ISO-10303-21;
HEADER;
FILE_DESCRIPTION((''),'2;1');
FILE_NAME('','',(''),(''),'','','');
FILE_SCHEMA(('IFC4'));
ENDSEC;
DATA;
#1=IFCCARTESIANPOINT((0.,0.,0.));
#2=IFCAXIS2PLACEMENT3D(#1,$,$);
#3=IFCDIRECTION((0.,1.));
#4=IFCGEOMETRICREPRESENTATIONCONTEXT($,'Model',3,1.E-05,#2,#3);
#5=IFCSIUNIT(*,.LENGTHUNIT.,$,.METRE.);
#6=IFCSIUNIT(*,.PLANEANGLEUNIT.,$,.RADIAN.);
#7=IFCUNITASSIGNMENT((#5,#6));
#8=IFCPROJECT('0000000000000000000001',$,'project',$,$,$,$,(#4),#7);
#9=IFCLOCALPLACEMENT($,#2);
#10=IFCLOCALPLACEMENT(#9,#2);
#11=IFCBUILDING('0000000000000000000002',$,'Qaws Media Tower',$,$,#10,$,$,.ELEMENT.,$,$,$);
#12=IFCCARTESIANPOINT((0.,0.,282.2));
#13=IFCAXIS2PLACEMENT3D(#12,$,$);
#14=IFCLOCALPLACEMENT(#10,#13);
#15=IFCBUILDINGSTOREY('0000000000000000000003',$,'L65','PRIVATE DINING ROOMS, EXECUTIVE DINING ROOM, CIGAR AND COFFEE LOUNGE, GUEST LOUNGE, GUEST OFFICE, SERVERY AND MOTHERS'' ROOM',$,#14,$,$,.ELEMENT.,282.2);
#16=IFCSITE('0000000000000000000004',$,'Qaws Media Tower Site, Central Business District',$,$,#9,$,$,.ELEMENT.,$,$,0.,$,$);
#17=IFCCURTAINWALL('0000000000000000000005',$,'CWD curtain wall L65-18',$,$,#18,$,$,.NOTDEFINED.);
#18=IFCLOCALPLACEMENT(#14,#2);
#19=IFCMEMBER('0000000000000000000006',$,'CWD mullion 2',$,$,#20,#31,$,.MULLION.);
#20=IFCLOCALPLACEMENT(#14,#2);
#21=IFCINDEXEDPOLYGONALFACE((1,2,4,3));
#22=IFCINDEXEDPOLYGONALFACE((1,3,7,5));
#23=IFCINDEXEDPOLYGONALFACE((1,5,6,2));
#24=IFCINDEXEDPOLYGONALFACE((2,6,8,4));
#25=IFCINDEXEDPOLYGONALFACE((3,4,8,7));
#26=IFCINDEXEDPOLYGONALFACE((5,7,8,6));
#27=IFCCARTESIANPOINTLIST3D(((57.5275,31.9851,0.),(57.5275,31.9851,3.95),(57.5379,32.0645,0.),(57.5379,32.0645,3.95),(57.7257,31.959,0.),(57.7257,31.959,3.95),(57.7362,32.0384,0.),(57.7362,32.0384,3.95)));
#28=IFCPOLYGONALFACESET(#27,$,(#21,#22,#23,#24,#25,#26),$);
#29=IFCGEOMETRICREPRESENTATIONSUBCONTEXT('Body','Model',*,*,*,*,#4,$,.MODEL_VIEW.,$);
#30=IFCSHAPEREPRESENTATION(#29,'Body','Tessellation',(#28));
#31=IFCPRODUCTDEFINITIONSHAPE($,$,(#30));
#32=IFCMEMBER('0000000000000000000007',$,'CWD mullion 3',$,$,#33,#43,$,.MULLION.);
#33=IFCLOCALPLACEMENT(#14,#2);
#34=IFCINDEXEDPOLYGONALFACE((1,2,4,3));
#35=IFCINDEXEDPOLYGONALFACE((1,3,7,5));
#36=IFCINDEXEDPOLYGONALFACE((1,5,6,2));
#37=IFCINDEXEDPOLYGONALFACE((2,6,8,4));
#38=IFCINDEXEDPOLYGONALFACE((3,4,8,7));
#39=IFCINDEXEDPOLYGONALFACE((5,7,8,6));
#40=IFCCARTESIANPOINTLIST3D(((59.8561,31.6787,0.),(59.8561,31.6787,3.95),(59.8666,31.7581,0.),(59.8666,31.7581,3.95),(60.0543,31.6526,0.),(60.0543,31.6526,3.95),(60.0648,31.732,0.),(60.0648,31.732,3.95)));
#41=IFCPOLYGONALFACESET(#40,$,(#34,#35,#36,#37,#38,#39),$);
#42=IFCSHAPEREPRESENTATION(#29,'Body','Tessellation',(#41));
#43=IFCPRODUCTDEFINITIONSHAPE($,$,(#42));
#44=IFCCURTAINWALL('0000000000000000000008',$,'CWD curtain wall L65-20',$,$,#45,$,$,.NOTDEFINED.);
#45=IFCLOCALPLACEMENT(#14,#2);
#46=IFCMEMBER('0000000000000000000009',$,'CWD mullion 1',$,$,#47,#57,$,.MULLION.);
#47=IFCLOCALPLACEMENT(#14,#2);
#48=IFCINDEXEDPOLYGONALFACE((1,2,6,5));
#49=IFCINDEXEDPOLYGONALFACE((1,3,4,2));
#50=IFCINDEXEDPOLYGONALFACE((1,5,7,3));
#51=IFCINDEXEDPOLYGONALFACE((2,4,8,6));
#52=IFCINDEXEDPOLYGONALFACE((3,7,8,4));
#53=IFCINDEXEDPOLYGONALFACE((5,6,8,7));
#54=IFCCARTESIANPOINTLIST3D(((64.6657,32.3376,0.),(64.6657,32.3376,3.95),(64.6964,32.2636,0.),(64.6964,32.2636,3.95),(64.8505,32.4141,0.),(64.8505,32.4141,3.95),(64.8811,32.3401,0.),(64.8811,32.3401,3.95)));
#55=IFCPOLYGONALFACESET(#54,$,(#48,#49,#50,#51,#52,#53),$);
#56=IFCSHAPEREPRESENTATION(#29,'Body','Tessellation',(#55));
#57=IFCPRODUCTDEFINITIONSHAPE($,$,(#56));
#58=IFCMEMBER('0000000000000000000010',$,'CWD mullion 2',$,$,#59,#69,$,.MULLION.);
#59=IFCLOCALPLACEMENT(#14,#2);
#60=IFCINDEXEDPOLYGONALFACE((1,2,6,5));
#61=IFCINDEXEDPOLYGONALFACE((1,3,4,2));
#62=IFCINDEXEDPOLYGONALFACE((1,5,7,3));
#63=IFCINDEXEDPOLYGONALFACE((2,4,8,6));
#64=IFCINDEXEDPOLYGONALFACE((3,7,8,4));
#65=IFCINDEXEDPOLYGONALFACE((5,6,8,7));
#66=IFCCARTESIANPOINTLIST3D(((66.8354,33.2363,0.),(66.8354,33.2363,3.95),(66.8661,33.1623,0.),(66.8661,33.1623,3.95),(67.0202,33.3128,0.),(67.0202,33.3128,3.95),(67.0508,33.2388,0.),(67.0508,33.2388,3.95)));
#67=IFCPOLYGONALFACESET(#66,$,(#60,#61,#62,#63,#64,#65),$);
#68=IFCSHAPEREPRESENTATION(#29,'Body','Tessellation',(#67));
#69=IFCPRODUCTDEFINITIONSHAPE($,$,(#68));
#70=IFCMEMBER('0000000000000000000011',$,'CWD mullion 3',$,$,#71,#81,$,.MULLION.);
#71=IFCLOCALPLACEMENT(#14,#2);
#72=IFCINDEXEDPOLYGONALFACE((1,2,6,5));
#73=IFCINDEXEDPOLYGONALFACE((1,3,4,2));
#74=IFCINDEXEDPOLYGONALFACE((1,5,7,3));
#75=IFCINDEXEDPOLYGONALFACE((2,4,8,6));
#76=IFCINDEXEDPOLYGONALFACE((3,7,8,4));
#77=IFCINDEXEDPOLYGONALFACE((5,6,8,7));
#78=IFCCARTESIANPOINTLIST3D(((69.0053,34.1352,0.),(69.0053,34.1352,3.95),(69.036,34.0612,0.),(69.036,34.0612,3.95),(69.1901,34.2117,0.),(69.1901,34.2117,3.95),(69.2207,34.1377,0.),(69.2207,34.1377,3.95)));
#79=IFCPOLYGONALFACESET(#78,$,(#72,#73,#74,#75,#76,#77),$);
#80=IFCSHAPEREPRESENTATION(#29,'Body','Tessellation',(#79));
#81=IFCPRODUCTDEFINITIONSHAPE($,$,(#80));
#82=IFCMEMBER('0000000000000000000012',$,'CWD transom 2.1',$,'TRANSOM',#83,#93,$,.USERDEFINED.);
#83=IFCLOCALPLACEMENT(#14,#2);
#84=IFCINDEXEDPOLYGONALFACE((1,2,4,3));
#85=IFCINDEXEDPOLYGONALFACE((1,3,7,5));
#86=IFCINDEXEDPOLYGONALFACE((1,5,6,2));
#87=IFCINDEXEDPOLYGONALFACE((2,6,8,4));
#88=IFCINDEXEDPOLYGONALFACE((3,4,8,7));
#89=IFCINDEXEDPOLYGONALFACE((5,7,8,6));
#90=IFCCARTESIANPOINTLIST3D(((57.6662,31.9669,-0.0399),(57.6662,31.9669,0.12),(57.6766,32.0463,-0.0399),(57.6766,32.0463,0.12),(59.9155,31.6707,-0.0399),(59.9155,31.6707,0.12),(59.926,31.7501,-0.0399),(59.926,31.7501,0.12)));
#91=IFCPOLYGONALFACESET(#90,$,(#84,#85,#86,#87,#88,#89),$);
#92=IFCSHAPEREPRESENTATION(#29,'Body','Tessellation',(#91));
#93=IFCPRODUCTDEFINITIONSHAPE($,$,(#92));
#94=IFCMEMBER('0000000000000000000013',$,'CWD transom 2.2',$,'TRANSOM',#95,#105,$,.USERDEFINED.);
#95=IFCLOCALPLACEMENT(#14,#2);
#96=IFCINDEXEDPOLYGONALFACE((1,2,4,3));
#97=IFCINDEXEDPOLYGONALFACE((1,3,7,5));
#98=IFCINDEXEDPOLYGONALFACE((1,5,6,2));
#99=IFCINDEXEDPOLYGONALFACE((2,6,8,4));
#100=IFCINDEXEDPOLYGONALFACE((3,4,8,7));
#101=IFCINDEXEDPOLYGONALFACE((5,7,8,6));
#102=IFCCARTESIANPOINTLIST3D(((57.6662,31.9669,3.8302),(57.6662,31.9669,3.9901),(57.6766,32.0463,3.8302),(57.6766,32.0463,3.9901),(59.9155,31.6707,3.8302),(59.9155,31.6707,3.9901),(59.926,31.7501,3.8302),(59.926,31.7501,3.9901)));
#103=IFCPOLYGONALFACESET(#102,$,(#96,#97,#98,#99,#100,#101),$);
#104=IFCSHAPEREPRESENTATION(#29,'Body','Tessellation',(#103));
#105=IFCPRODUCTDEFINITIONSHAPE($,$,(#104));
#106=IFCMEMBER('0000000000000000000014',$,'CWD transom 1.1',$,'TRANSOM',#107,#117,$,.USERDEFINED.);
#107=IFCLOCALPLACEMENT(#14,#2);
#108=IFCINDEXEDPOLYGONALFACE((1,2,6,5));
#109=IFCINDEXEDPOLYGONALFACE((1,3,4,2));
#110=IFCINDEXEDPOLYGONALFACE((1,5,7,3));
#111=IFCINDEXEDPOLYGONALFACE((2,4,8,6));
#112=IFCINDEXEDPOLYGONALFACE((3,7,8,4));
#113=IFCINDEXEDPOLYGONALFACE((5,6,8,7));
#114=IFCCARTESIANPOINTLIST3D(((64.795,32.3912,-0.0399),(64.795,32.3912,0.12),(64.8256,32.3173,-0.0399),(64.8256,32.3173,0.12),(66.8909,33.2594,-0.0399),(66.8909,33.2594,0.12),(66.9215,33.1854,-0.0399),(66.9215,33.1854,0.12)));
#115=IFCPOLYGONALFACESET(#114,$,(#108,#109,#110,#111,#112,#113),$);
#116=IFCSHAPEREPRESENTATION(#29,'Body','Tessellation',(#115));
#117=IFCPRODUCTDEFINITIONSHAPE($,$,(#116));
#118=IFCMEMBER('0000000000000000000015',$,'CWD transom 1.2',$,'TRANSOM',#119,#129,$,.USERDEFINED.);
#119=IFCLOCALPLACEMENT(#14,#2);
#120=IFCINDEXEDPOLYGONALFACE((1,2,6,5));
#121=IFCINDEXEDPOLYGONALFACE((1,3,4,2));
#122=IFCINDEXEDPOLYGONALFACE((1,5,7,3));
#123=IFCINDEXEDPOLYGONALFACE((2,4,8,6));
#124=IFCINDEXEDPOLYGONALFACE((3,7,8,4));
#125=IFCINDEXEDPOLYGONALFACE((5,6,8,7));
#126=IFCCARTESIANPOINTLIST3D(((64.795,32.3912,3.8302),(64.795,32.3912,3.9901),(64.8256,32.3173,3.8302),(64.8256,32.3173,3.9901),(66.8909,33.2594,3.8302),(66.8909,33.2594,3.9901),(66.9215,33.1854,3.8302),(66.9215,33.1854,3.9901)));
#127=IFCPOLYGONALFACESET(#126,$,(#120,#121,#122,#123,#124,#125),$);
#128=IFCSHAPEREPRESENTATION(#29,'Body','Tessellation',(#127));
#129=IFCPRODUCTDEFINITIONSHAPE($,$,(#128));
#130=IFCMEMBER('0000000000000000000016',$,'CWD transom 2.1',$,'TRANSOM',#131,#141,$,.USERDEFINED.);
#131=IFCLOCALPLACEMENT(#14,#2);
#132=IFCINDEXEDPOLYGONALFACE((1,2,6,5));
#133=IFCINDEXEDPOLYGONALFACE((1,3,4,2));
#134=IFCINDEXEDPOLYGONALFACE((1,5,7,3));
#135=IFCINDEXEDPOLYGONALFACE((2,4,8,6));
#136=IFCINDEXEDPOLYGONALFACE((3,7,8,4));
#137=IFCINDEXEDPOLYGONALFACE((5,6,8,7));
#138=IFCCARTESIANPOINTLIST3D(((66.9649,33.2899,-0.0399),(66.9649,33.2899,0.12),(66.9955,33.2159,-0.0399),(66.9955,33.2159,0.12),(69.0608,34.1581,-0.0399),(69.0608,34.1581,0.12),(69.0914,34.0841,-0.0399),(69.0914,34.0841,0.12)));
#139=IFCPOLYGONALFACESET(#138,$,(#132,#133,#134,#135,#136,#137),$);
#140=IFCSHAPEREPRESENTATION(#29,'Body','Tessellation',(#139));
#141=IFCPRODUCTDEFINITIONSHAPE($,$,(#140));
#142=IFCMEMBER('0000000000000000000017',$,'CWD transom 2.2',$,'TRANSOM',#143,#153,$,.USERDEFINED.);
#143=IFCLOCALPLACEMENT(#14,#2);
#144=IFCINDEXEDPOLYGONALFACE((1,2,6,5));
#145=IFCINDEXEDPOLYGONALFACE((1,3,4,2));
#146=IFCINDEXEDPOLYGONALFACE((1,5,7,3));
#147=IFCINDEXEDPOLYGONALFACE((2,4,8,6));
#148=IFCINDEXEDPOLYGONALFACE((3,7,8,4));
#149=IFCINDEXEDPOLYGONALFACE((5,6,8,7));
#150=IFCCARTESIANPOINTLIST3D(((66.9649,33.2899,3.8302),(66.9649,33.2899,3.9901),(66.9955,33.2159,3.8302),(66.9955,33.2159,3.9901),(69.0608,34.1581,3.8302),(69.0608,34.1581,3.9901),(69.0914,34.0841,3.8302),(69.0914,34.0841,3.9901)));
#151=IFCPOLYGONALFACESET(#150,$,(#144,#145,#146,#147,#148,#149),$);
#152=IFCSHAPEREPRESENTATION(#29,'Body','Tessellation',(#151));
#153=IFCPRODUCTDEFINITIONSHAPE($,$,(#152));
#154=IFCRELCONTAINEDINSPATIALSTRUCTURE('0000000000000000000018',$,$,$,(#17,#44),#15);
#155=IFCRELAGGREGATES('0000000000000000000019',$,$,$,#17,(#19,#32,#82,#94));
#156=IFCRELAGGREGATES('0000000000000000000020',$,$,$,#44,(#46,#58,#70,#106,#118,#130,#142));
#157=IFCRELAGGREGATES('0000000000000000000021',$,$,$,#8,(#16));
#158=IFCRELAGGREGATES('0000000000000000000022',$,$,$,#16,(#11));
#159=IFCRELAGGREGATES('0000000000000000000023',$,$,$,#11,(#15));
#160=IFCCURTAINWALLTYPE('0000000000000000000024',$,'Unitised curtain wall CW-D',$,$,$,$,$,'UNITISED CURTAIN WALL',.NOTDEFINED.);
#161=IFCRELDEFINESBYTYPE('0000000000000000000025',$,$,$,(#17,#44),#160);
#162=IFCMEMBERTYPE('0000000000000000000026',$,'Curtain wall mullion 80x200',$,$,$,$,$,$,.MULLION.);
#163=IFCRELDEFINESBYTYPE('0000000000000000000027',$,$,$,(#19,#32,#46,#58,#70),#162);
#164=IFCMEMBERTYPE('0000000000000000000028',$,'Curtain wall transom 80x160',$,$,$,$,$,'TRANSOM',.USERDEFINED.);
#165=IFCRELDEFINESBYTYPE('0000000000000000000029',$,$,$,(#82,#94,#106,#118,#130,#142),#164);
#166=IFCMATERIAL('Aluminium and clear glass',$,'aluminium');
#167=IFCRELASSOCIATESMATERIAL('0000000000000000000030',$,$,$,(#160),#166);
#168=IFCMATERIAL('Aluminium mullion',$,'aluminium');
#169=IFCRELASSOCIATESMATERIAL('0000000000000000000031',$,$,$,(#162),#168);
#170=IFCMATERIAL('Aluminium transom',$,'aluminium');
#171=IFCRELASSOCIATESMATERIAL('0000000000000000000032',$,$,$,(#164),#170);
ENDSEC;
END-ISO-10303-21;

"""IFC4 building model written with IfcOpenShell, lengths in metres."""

from ifc_helpers import new_model, si_unit, direction, frame, origin, origin_2d, place, context, subcontext, project, spatial, rectangle, extrude, material, material_profile, profile_set, type_object, element, aggregate, save


model = new_model("IFC4")

# Units and contexts
model_context = context("Model", 3, precision=1e-05, world=origin(), true_north=direction((0.0, 1.0)))
body_context = subcontext(model_context, "Body", "Model", "MODEL_VIEW")
ifc_project = project(units=[si_unit("LENGTHUNIT", "METRE"), si_unit("PLANEANGLEUNIT", "RADIAN")], contexts=[model_context])

# Site, building, storey
site_placement = place(None, origin())
site = spatial("IfcSite", under=ifc_project, at=site_placement, Name="Qaws Media Tower Site, Central Business District", CompositionType="ELEMENT", RefElevation=0.0)
building_placement = place(site_placement, origin())
building = spatial("IfcBuilding", under=site, at=building_placement, Name="Qaws Media Tower", CompositionType="ELEMENT")
storey_placement = place(building_placement, frame((0.0, 0.0, 282.2)))
storey = spatial("IfcBuildingStorey", under=building, at=storey_placement, Name="L65", Description="PRIVATE DINING ROOMS, EXECUTIVE DINING ROOM, CIGAR AND COFFEE LOUNGE, GUEST LOUNGE, GUEST OFFICE, SERVERY AND MOTHERS' ROOM", CompositionType="ELEMENT", Elevation=282.2)

# Curtain walls, members
ifc_material_1 = material(Name="Aluminium and clear glass", Category="aluminium")
curtain_wall_type = type_object("IfcCurtainWallType", Name="Unitised curtain wall CW-D", ElementType="UNITISED CURTAIN WALL", PredefinedType="NOTDEFINED", material=ifc_material_1)
curtain_wall_1_placement = place(storey_placement, origin())
curtain_wall_1 = element("IfcCurtainWall", 1, at=curtain_wall_1_placement, inside=storey, type_object=curtain_wall_type, Name="CWD curtain wall L65-18", PredefinedType="NOTDEFINED")
ifc_material_2 = material(Name="Aluminium mullion", Category="aluminium")
ifc_material_profile_1 = material_profile(ifc_material_2, rectangle(XDim=0.0801, YDim=0.2, at=origin_2d()), Name="80x200")
ifc_profile_set_1 = profile_set([ifc_material_profile_1], Name="Aluminium mullion")
member_type_1 = type_object("IfcMemberType", Name="Curtain wall mullion 80x200", PredefinedType="MULLION", material=ifc_profile_set_1)
member_1_placement = place(storey_placement, frame((57.6318, 32.0117, 0.0), z_axis=(0.0, 0.0, 1.0), x_axis=(0.130526, 0.991445, 0.0)))
member_1 = element("IfcMember", 2, at=member_1_placement, type_object=member_type_1, Name="CWD mullion 2", PredefinedType="MULLION", context=body_context, shape_type="SweptSolid", body=[
    extrude(rectangle(XDim=0.0801, YDim=0.2, at=origin_2d()), origin(), (0.0, 0.0, 1.0), 3.95),
])
member_2_placement = place(storey_placement, frame((59.9604, 31.7053, 0.0), z_axis=(0.0, 0.0, 1.0), x_axis=(0.130526, 0.991445, 0.0)))
member_2 = element("IfcMember", 3, at=member_2_placement, type_object=member_type_1, Name="CWD mullion 3", PredefinedType="MULLION", context=body_context, shape_type="SweptSolid", body=[
    extrude(rectangle(XDim=0.0801, YDim=0.2, at=origin_2d()), origin(), (0.0, 0.0, 1.0), 3.95),
])
curtain_wall_2_placement = place(storey_placement, origin())
curtain_wall_2 = element("IfcCurtainWall", 4, at=curtain_wall_2_placement, inside=storey, type_object=curtain_wall_type, Name="CWD curtain wall L65-20", PredefinedType="NOTDEFINED")
member_3_placement = place(storey_placement, frame((64.7734, 32.3389, 0.0), z_axis=(0.0, 0.0, 1.0), x_axis=(-0.382684, 0.923879, 0.0)))
member_3 = element("IfcMember", 5, at=member_3_placement, type_object=member_type_1, Name="CWD mullion 1", PredefinedType="MULLION", context=body_context, shape_type="SweptSolid", body=[
    extrude(rectangle(XDim=0.0801, YDim=0.2, at=origin_2d()), origin(), (0.0, 0.0, 1.0), 3.95),
])
member_4_placement = place(storey_placement, frame((66.9431, 33.2375, 0.0), z_axis=(0.0, 0.0, 1.0), x_axis=(-0.382684, 0.923879, 0.0)))
member_4 = element("IfcMember", 6, at=member_4_placement, type_object=member_type_1, Name="CWD mullion 2", PredefinedType="MULLION", context=body_context, shape_type="SweptSolid", body=[
    extrude(rectangle(XDim=0.0801, YDim=0.2, at=origin_2d()), origin(), (0.0, 0.0, 1.0), 3.95),
])
member_5_placement = place(storey_placement, frame((69.113, 34.1365, 0.0), z_axis=(0.0, 0.0, 1.0), x_axis=(-0.382684, 0.923879, 0.0)))
member_5 = element("IfcMember", 7, at=member_5_placement, type_object=member_type_1, Name="CWD mullion 3", PredefinedType="MULLION", context=body_context, shape_type="SweptSolid", body=[
    extrude(rectangle(XDim=0.0801, YDim=0.2, at=origin_2d()), origin(), (0.0, 0.0, 1.0), 3.95),
])

# Members
ifc_material_3 = material(Name="Aluminium transom", Category="aluminium")
ifc_material_profile_2 = material_profile(ifc_material_3, rectangle(XDim=0.0801, YDim=0.1599, at=origin_2d()), Name="80x160")
ifc_profile_set_2 = profile_set([ifc_material_profile_2], Name="Aluminium transom")
member_type_2 = type_object("IfcMemberType", Name="Curtain wall transom 80x160", ElementType="TRANSOM", PredefinedType="USERDEFINED", material=ifc_profile_set_2)
member_6_placement = place(storey_placement, frame((57.6714, 32.0066, 0.04), z_axis=(0.991444, -0.130535, 0.0), x_axis=(0.130535, 0.991444, 0.0)))
member_6 = element("IfcMember", 8, at=member_6_placement, type_object=member_type_2, Name="CWD transom 2.1", ObjectType="TRANSOM", PredefinedType="USERDEFINED", context=body_context, shape_type="SweptSolid", body=[
    extrude(rectangle(XDim=0.0801, YDim=0.1599, at=origin_2d()), origin(), (0.0, 0.0, 1.0), 2.2688),
])
member_7_placement = place(storey_placement, frame((57.6714, 32.0066, 3.9102), z_axis=(0.991444, -0.130535, 0.0), x_axis=(0.130535, 0.991444, 0.0)))
member_7 = element("IfcMember", 9, at=member_7_placement, type_object=member_type_2, Name="CWD transom 2.2", ObjectType="TRANSOM", PredefinedType="USERDEFINED", context=body_context, shape_type="SweptSolid", body=[
    extrude(rectangle(XDim=0.0801, YDim=0.1599, at=origin_2d()), origin(), (0.0, 0.0, 1.0), 2.2688),
])
member_8_placement = place(storey_placement, frame((64.8103, 32.3542, 0.04), z_axis=(0.92388, 0.382681, 0.0), x_axis=(-0.382681, 0.92388, 0.0)))
member_8 = element("IfcMember", 10, at=member_8_placement, type_object=member_type_2, Name="CWD transom 1.1", ObjectType="TRANSOM", PredefinedType="USERDEFINED", context=body_context, shape_type="SweptSolid", body=[
    extrude(rectangle(XDim=0.0801, YDim=0.1599, at=origin_2d()), origin(), (0.0, 0.0, 1.0), 2.2686),
])
member_9_placement = place(storey_placement, frame((64.8103, 32.3542, 3.9102), z_axis=(0.92388, 0.382681, 0.0), x_axis=(-0.382681, 0.92388, 0.0)))
member_9 = element("IfcMember", 11, at=member_9_placement, type_object=member_type_2, Name="CWD transom 1.2", ObjectType="TRANSOM", PredefinedType="USERDEFINED", context=body_context, shape_type="SweptSolid", body=[
    extrude(rectangle(XDim=0.0801, YDim=0.1599, at=origin_2d()), origin(), (0.0, 0.0, 1.0), 2.2686),
])
member_10_placement = place(storey_placement, frame((66.9802, 33.2529, 0.04), z_axis=(0.92388, 0.382681, 0.0), x_axis=(-0.382681, 0.92388, 0.0)))
member_10 = element("IfcMember", 12, at=member_10_placement, type_object=member_type_2, Name="CWD transom 2.1", ObjectType="TRANSOM", PredefinedType="USERDEFINED", context=body_context, shape_type="SweptSolid", body=[
    extrude(rectangle(XDim=0.0801, YDim=0.1599, at=origin_2d()), origin(), (0.0, 0.0, 1.0), 2.2686),
])
member_11_placement = place(storey_placement, frame((66.9802, 33.2529, 3.9102), z_axis=(0.92388, 0.382681, 0.0), x_axis=(-0.382681, 0.92388, 0.0)))
member_11 = element("IfcMember", 13, at=member_11_placement, type_object=member_type_2, Name="CWD transom 2.2", ObjectType="TRANSOM", PredefinedType="USERDEFINED", context=body_context, shape_type="SweptSolid", body=[
    extrude(rectangle(XDim=0.0801, YDim=0.1599, at=origin_2d()), origin(), (0.0, 0.0, 1.0), 2.2686),
])

aggregate(curtain_wall_1, [member_1, member_2, member_6, member_7])
aggregate(curtain_wall_2, [member_3, member_4, member_5, member_8, member_9, member_10, member_11])

save(model, "model.ifc")
